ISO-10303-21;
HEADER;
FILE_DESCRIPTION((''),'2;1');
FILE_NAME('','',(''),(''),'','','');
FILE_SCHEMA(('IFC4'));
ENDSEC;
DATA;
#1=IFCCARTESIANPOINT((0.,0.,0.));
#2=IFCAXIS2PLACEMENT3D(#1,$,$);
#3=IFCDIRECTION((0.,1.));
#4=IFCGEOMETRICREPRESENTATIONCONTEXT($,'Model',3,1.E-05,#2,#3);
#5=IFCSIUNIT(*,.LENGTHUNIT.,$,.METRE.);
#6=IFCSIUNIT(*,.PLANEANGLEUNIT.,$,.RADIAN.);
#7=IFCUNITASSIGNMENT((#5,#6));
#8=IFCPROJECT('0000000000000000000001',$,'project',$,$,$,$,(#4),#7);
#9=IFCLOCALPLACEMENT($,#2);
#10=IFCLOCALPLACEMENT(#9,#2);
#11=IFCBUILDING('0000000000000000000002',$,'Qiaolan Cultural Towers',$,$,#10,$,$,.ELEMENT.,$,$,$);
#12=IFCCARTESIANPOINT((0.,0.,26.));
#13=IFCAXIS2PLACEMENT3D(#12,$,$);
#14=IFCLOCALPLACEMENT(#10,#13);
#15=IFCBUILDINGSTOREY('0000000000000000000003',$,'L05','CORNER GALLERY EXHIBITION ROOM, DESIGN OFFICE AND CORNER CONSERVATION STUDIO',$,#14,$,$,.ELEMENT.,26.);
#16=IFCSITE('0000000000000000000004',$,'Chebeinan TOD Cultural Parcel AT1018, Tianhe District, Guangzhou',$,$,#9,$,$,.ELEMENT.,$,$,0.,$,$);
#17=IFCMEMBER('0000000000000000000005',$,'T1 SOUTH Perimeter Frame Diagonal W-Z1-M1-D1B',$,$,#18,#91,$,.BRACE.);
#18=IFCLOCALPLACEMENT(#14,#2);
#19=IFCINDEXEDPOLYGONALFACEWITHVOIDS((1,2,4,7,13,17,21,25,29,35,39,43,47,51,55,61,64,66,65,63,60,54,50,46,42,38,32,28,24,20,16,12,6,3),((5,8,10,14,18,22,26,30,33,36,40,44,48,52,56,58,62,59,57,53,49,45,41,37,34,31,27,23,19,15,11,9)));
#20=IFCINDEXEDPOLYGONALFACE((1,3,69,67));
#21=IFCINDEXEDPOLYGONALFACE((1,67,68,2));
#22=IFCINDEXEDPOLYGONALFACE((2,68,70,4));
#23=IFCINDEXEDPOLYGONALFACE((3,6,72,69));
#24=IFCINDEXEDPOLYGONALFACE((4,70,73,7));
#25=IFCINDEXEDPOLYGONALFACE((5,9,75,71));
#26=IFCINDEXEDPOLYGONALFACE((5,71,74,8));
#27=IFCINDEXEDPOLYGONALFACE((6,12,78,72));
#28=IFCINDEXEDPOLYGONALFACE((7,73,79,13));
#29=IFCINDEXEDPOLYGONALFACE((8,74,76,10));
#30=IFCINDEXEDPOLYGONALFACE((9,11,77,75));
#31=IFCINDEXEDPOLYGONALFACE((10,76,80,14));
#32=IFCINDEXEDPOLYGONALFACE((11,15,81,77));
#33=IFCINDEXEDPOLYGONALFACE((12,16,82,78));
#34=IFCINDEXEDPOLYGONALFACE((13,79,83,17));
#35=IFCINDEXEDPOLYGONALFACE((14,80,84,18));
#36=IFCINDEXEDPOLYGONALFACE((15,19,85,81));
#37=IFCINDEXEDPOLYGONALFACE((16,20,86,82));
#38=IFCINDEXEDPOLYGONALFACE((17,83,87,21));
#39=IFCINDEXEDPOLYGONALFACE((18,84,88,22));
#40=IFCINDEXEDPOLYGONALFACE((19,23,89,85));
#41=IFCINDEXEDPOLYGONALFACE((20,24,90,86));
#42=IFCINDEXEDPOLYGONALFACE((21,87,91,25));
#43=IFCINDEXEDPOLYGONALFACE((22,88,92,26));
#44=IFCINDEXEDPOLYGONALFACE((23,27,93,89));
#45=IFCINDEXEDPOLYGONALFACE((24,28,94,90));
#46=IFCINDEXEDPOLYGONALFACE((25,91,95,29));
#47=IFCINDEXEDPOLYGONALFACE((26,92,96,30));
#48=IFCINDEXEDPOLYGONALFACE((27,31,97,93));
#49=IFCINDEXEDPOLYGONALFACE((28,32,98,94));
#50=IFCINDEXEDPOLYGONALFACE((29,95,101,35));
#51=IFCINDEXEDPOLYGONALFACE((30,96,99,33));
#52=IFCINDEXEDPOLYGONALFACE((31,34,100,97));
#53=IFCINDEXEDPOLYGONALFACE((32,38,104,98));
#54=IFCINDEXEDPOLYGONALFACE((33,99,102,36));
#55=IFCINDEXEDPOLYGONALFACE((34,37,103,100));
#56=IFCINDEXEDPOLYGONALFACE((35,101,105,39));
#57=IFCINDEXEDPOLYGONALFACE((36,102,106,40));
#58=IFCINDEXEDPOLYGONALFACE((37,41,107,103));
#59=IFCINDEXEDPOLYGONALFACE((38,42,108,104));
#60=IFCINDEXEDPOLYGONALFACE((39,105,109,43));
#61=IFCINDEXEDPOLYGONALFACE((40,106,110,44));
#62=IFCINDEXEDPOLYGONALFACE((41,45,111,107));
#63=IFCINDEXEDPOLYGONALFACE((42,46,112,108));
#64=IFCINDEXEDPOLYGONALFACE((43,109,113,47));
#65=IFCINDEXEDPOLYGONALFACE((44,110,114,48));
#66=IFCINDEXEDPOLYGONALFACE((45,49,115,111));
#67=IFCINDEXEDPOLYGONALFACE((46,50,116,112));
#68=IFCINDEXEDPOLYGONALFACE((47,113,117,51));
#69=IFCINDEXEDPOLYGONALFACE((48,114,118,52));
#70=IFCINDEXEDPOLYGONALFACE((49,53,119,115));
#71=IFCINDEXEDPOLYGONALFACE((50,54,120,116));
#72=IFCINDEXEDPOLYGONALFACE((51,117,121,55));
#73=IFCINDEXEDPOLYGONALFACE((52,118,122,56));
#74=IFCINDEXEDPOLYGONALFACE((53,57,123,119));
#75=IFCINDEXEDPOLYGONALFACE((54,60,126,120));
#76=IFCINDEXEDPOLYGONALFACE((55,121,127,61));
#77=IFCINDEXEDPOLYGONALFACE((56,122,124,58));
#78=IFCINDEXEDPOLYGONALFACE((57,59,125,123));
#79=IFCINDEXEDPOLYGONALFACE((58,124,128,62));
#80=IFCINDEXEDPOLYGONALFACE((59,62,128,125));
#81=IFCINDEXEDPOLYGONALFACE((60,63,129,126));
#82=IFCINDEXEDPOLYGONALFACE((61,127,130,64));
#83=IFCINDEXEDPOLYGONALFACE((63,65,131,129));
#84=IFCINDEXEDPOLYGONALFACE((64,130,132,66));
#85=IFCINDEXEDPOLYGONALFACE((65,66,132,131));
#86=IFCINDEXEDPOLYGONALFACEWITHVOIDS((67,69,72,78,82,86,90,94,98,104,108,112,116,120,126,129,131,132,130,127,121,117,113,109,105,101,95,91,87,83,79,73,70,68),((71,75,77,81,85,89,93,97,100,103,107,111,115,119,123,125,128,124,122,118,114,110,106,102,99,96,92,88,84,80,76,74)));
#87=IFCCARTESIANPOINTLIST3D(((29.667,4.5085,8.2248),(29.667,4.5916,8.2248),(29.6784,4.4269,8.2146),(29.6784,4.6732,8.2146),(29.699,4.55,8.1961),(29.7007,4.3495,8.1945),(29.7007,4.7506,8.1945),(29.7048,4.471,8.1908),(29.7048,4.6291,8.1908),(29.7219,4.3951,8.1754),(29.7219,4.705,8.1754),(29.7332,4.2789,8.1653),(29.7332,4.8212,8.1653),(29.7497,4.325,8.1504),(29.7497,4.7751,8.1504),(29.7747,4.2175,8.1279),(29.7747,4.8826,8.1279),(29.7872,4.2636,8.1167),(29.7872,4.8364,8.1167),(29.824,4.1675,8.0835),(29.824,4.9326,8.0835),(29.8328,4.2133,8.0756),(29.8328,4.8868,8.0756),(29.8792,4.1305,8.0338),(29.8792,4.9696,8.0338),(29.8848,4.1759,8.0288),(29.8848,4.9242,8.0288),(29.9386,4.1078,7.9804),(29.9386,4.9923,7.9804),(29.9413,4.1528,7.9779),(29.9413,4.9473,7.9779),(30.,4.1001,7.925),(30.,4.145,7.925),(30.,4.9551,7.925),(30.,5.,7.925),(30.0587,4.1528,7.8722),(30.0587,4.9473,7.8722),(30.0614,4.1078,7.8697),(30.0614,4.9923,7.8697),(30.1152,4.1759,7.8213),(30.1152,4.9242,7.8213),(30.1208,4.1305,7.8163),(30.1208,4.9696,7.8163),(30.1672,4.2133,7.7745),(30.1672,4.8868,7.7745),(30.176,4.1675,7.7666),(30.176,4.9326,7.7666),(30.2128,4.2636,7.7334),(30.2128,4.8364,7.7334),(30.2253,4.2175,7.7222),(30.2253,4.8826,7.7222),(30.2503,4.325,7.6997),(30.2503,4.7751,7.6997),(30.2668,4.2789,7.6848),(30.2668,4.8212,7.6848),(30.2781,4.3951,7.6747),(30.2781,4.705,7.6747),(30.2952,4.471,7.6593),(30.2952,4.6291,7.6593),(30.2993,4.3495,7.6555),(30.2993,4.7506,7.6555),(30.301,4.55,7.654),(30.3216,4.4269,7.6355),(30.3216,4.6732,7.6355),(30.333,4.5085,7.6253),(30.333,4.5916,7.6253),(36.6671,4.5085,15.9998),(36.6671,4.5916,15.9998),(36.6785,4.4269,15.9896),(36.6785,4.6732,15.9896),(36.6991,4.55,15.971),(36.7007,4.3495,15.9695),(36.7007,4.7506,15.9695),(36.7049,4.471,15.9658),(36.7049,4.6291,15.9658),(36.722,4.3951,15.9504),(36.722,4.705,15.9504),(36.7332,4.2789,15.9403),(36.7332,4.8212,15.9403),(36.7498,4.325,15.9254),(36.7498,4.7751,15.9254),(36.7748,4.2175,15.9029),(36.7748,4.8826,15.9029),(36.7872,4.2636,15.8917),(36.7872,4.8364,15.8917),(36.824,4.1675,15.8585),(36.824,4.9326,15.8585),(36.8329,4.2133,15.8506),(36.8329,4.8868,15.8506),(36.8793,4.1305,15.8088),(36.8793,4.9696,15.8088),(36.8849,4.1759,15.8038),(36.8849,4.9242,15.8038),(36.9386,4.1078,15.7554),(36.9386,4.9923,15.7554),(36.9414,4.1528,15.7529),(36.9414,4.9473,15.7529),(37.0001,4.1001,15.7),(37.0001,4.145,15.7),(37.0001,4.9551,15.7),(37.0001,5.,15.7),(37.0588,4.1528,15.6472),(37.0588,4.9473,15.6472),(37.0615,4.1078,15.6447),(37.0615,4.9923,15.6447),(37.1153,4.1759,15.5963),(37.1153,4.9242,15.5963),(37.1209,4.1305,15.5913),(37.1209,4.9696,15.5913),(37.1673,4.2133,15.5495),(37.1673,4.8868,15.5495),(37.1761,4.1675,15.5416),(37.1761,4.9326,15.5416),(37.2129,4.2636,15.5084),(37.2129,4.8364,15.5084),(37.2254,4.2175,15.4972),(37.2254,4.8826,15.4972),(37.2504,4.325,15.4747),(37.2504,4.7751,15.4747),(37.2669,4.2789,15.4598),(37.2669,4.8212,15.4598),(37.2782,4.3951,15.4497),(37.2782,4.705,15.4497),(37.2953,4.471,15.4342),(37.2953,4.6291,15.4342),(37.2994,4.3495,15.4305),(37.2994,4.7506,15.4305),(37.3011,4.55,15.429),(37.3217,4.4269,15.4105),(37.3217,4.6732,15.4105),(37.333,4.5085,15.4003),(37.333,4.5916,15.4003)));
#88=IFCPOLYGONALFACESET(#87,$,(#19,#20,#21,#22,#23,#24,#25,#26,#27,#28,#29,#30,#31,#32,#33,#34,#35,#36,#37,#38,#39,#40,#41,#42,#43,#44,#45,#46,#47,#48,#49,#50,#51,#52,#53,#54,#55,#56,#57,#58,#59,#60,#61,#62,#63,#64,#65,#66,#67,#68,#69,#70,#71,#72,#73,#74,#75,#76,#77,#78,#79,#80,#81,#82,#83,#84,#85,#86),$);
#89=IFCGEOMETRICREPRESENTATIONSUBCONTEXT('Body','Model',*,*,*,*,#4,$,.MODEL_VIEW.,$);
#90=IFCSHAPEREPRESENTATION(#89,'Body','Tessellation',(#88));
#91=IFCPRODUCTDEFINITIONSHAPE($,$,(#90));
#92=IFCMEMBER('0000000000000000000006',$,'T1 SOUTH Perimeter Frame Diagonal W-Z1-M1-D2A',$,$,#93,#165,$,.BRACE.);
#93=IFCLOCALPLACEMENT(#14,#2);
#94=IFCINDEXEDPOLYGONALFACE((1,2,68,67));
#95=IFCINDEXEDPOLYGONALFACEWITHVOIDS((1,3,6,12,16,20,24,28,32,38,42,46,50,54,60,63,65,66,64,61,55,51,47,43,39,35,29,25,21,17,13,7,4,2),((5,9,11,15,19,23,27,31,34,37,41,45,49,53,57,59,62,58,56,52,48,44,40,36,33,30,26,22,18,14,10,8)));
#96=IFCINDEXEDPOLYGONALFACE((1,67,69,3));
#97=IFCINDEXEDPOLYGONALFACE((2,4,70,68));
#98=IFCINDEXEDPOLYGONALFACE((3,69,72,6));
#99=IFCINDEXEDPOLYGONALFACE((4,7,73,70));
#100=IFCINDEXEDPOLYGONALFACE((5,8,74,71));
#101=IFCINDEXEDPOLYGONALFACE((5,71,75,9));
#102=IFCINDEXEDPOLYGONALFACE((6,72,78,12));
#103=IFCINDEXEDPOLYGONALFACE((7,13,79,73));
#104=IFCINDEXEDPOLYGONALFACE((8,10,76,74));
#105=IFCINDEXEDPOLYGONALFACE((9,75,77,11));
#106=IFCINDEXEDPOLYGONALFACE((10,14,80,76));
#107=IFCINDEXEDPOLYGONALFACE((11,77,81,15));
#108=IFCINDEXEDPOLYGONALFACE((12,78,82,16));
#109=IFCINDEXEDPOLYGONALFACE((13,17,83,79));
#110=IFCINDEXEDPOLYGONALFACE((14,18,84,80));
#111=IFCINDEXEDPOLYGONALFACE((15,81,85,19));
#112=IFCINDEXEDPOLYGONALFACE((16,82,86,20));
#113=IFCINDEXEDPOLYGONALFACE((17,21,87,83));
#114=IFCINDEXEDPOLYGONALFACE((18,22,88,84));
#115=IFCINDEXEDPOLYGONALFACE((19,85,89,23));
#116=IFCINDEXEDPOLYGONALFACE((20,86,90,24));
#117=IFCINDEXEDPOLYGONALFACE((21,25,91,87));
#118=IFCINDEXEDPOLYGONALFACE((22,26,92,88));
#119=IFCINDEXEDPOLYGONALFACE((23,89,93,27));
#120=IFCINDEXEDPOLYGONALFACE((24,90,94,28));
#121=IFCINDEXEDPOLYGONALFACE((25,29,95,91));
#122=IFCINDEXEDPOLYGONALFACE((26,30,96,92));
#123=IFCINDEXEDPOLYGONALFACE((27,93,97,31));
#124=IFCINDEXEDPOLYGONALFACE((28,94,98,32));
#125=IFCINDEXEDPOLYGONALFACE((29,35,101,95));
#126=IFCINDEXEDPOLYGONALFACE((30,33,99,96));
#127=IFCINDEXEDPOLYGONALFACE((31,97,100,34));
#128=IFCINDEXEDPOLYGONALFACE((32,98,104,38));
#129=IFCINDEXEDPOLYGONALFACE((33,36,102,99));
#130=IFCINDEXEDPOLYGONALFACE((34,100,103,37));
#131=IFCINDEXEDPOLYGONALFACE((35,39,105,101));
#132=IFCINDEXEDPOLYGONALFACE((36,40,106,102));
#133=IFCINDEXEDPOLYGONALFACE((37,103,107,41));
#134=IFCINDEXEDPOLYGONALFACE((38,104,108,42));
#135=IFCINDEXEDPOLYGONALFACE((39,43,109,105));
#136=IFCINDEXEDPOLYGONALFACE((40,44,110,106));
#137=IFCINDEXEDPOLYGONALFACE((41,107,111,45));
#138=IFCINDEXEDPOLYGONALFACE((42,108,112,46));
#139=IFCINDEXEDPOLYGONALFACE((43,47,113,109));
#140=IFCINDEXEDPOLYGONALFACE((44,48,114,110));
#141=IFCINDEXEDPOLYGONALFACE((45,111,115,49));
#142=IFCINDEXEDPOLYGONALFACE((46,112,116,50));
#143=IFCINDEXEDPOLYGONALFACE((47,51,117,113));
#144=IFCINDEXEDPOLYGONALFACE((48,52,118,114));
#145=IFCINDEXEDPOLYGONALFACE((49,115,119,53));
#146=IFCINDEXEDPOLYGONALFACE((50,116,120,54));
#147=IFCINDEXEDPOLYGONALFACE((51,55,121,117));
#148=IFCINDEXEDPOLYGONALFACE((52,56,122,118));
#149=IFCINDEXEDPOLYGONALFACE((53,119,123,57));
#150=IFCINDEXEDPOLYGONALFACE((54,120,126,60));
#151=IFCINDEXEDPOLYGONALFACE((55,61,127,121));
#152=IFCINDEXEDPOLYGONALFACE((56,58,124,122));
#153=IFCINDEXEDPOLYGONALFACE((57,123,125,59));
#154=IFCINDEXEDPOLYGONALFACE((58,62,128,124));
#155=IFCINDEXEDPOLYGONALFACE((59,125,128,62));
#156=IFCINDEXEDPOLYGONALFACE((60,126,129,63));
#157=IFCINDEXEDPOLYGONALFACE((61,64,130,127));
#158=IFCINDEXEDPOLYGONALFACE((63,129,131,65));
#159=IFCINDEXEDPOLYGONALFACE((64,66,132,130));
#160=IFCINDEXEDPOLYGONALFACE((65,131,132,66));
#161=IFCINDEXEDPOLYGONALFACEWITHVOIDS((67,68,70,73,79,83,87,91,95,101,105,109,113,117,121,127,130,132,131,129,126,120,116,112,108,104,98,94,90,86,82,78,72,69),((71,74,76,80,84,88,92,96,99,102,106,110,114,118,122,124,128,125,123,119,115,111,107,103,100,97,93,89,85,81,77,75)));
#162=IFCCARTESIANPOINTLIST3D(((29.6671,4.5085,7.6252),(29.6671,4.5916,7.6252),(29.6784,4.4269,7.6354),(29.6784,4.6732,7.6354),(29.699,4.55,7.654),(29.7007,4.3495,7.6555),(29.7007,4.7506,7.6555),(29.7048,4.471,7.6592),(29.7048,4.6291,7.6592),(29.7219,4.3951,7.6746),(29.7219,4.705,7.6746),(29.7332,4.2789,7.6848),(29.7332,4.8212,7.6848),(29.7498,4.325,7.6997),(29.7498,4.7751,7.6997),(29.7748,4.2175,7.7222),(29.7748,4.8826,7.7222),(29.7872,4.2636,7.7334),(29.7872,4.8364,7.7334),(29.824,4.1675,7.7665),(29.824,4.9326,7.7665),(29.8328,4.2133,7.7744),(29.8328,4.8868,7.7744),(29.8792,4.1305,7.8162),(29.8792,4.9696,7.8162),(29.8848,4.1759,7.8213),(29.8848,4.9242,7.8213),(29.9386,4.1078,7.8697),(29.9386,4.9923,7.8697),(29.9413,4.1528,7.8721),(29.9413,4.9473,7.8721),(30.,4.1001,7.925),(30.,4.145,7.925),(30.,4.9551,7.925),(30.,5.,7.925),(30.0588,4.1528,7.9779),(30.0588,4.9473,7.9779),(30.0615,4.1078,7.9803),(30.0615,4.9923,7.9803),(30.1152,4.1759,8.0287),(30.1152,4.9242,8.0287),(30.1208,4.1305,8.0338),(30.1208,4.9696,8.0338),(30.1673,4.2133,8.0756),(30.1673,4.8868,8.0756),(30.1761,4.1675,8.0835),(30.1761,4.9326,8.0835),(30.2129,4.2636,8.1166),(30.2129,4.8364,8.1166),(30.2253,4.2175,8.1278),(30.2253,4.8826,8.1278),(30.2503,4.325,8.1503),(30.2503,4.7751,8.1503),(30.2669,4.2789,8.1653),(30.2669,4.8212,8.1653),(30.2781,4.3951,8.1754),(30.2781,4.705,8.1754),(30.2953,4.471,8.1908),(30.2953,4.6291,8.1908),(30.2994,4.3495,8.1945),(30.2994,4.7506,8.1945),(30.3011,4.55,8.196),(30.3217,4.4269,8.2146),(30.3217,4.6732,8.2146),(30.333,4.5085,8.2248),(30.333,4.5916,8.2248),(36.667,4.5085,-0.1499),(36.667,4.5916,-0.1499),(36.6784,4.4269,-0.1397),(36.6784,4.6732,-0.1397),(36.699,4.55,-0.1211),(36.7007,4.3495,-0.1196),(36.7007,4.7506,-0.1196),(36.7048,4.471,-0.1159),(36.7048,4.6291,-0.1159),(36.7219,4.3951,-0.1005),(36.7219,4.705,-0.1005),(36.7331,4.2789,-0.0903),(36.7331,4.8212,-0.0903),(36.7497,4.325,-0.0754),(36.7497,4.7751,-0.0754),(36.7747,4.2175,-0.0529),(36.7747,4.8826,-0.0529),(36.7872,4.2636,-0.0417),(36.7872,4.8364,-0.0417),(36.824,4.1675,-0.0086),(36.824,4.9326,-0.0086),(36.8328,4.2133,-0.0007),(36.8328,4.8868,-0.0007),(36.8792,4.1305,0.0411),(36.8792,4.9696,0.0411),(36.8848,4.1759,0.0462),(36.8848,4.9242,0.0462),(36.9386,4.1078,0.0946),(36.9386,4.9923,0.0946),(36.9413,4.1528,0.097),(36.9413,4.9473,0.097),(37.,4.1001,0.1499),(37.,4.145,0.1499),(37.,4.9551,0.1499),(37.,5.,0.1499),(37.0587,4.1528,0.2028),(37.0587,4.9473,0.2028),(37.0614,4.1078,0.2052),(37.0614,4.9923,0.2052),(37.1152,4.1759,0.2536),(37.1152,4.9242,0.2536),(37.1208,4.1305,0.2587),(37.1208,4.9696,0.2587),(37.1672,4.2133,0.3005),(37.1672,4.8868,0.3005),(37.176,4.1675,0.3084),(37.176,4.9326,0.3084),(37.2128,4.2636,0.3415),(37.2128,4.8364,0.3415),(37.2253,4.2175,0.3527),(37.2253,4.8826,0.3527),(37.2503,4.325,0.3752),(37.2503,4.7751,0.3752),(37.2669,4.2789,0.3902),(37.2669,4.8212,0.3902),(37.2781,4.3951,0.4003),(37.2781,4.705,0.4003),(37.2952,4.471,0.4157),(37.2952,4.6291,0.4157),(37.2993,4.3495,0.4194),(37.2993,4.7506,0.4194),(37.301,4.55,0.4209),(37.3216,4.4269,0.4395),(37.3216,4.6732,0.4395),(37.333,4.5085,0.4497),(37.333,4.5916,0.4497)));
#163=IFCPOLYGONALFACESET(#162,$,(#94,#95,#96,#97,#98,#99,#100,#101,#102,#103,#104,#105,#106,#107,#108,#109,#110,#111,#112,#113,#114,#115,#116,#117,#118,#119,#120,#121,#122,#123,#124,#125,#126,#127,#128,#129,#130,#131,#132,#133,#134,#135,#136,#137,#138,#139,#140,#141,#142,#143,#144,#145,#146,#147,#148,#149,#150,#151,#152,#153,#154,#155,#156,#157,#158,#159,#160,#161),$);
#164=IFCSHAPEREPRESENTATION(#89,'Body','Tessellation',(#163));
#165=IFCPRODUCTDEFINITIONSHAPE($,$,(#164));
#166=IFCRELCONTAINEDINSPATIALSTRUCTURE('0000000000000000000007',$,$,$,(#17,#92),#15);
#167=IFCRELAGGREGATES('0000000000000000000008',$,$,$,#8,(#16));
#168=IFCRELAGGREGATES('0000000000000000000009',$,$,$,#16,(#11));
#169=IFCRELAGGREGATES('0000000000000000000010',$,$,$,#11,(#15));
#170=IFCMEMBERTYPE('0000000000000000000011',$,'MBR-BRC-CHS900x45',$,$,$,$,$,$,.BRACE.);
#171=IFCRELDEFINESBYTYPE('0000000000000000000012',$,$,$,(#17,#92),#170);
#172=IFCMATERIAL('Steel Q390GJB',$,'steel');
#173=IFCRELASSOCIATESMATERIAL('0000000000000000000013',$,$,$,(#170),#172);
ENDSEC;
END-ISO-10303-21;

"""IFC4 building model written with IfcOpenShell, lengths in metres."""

from ifc_helpers import new_model, si_unit, direction, frame, origin, origin_2d, place, context, subcontext, project, spatial, hollow_circle, extrude, material, material_profile, profile_set, type_object, element, save


model = new_model("IFC4")

# Units and contexts
model_context = context("Model", 3, precision=1e-05, world=origin(), true_north=direction((0.0, 1.0)))
body_context = subcontext(model_context, "Body", "Model", "MODEL_VIEW")
ifc_project = project(units=[si_unit("LENGTHUNIT", "METRE"), si_unit("PLANEANGLEUNIT", "RADIAN")], contexts=[model_context])

# Site, building, storey
site_placement = place(None, origin())
site = spatial("IfcSite", under=ifc_project, at=site_placement, Name="Chebeinan TOD Cultural Parcel AT1018, Tianhe District, Guangzhou", CompositionType="ELEMENT", RefElevation=0.0)
building_placement = place(site_placement, origin())
building = spatial("IfcBuilding", under=site, at=building_placement, Name="Qiaolan Cultural Towers", CompositionType="ELEMENT")
storey_placement = place(building_placement, frame((0.0, 0.0, 26.0)))
storey = spatial("IfcBuildingStorey", under=building, at=storey_placement, Name="L05", Description="CORNER GALLERY EXHIBITION ROOM, DESIGN OFFICE AND CORNER CONSERVATION STUDIO", CompositionType="ELEMENT", Elevation=26.0)

# Members
ifc_material_1 = material(Name="Steel Q390GJB", Category="steel")
ifc_material_profile_1 = material_profile(ifc_material_1, hollow_circle(Radius=0.45, WallThickness=0.0449, at=origin_2d()), Name="CHS900x45")
ifc_profile_set_1 = profile_set([ifc_material_profile_1], Name="Steel Q390GJB")
member_type = type_object("IfcMemberType", Name="MBR-BRC-CHS900x45", PredefinedType="BRACE", material=ifc_profile_set_1)
for number, where, z_axis, x_axis, name in (
    (1, (30.0, 4.55, 7.925), (0.669101, 0.0, 0.743171), (0.0, 1.0, 0.0), "T1 SOUTH Perimeter Frame Diagonal W-Z1-M1-D1B"),
    (2, (37.0, 4.55, 0.1499), (-0.66909, 0.0, 0.743182), (0.0, -1.0, 0.0), "T1 SOUTH Perimeter Frame Diagonal W-Z1-M1-D2A"),
):
    element("IfcMember", number, at=place(storey_placement, frame(where, z_axis=z_axis, x_axis=x_axis)), inside=storey, type_object=member_type, Name=name, PredefinedType="BRACE", context=body_context, shape_type="SweptSolid", body=[
        extrude(hollow_circle(Radius=0.45, WallThickness=0.0449, at=origin_2d()), origin(), (0.0, 0.0, 1.0), 10.4619),
    ])

save(model, "model.ifc")
